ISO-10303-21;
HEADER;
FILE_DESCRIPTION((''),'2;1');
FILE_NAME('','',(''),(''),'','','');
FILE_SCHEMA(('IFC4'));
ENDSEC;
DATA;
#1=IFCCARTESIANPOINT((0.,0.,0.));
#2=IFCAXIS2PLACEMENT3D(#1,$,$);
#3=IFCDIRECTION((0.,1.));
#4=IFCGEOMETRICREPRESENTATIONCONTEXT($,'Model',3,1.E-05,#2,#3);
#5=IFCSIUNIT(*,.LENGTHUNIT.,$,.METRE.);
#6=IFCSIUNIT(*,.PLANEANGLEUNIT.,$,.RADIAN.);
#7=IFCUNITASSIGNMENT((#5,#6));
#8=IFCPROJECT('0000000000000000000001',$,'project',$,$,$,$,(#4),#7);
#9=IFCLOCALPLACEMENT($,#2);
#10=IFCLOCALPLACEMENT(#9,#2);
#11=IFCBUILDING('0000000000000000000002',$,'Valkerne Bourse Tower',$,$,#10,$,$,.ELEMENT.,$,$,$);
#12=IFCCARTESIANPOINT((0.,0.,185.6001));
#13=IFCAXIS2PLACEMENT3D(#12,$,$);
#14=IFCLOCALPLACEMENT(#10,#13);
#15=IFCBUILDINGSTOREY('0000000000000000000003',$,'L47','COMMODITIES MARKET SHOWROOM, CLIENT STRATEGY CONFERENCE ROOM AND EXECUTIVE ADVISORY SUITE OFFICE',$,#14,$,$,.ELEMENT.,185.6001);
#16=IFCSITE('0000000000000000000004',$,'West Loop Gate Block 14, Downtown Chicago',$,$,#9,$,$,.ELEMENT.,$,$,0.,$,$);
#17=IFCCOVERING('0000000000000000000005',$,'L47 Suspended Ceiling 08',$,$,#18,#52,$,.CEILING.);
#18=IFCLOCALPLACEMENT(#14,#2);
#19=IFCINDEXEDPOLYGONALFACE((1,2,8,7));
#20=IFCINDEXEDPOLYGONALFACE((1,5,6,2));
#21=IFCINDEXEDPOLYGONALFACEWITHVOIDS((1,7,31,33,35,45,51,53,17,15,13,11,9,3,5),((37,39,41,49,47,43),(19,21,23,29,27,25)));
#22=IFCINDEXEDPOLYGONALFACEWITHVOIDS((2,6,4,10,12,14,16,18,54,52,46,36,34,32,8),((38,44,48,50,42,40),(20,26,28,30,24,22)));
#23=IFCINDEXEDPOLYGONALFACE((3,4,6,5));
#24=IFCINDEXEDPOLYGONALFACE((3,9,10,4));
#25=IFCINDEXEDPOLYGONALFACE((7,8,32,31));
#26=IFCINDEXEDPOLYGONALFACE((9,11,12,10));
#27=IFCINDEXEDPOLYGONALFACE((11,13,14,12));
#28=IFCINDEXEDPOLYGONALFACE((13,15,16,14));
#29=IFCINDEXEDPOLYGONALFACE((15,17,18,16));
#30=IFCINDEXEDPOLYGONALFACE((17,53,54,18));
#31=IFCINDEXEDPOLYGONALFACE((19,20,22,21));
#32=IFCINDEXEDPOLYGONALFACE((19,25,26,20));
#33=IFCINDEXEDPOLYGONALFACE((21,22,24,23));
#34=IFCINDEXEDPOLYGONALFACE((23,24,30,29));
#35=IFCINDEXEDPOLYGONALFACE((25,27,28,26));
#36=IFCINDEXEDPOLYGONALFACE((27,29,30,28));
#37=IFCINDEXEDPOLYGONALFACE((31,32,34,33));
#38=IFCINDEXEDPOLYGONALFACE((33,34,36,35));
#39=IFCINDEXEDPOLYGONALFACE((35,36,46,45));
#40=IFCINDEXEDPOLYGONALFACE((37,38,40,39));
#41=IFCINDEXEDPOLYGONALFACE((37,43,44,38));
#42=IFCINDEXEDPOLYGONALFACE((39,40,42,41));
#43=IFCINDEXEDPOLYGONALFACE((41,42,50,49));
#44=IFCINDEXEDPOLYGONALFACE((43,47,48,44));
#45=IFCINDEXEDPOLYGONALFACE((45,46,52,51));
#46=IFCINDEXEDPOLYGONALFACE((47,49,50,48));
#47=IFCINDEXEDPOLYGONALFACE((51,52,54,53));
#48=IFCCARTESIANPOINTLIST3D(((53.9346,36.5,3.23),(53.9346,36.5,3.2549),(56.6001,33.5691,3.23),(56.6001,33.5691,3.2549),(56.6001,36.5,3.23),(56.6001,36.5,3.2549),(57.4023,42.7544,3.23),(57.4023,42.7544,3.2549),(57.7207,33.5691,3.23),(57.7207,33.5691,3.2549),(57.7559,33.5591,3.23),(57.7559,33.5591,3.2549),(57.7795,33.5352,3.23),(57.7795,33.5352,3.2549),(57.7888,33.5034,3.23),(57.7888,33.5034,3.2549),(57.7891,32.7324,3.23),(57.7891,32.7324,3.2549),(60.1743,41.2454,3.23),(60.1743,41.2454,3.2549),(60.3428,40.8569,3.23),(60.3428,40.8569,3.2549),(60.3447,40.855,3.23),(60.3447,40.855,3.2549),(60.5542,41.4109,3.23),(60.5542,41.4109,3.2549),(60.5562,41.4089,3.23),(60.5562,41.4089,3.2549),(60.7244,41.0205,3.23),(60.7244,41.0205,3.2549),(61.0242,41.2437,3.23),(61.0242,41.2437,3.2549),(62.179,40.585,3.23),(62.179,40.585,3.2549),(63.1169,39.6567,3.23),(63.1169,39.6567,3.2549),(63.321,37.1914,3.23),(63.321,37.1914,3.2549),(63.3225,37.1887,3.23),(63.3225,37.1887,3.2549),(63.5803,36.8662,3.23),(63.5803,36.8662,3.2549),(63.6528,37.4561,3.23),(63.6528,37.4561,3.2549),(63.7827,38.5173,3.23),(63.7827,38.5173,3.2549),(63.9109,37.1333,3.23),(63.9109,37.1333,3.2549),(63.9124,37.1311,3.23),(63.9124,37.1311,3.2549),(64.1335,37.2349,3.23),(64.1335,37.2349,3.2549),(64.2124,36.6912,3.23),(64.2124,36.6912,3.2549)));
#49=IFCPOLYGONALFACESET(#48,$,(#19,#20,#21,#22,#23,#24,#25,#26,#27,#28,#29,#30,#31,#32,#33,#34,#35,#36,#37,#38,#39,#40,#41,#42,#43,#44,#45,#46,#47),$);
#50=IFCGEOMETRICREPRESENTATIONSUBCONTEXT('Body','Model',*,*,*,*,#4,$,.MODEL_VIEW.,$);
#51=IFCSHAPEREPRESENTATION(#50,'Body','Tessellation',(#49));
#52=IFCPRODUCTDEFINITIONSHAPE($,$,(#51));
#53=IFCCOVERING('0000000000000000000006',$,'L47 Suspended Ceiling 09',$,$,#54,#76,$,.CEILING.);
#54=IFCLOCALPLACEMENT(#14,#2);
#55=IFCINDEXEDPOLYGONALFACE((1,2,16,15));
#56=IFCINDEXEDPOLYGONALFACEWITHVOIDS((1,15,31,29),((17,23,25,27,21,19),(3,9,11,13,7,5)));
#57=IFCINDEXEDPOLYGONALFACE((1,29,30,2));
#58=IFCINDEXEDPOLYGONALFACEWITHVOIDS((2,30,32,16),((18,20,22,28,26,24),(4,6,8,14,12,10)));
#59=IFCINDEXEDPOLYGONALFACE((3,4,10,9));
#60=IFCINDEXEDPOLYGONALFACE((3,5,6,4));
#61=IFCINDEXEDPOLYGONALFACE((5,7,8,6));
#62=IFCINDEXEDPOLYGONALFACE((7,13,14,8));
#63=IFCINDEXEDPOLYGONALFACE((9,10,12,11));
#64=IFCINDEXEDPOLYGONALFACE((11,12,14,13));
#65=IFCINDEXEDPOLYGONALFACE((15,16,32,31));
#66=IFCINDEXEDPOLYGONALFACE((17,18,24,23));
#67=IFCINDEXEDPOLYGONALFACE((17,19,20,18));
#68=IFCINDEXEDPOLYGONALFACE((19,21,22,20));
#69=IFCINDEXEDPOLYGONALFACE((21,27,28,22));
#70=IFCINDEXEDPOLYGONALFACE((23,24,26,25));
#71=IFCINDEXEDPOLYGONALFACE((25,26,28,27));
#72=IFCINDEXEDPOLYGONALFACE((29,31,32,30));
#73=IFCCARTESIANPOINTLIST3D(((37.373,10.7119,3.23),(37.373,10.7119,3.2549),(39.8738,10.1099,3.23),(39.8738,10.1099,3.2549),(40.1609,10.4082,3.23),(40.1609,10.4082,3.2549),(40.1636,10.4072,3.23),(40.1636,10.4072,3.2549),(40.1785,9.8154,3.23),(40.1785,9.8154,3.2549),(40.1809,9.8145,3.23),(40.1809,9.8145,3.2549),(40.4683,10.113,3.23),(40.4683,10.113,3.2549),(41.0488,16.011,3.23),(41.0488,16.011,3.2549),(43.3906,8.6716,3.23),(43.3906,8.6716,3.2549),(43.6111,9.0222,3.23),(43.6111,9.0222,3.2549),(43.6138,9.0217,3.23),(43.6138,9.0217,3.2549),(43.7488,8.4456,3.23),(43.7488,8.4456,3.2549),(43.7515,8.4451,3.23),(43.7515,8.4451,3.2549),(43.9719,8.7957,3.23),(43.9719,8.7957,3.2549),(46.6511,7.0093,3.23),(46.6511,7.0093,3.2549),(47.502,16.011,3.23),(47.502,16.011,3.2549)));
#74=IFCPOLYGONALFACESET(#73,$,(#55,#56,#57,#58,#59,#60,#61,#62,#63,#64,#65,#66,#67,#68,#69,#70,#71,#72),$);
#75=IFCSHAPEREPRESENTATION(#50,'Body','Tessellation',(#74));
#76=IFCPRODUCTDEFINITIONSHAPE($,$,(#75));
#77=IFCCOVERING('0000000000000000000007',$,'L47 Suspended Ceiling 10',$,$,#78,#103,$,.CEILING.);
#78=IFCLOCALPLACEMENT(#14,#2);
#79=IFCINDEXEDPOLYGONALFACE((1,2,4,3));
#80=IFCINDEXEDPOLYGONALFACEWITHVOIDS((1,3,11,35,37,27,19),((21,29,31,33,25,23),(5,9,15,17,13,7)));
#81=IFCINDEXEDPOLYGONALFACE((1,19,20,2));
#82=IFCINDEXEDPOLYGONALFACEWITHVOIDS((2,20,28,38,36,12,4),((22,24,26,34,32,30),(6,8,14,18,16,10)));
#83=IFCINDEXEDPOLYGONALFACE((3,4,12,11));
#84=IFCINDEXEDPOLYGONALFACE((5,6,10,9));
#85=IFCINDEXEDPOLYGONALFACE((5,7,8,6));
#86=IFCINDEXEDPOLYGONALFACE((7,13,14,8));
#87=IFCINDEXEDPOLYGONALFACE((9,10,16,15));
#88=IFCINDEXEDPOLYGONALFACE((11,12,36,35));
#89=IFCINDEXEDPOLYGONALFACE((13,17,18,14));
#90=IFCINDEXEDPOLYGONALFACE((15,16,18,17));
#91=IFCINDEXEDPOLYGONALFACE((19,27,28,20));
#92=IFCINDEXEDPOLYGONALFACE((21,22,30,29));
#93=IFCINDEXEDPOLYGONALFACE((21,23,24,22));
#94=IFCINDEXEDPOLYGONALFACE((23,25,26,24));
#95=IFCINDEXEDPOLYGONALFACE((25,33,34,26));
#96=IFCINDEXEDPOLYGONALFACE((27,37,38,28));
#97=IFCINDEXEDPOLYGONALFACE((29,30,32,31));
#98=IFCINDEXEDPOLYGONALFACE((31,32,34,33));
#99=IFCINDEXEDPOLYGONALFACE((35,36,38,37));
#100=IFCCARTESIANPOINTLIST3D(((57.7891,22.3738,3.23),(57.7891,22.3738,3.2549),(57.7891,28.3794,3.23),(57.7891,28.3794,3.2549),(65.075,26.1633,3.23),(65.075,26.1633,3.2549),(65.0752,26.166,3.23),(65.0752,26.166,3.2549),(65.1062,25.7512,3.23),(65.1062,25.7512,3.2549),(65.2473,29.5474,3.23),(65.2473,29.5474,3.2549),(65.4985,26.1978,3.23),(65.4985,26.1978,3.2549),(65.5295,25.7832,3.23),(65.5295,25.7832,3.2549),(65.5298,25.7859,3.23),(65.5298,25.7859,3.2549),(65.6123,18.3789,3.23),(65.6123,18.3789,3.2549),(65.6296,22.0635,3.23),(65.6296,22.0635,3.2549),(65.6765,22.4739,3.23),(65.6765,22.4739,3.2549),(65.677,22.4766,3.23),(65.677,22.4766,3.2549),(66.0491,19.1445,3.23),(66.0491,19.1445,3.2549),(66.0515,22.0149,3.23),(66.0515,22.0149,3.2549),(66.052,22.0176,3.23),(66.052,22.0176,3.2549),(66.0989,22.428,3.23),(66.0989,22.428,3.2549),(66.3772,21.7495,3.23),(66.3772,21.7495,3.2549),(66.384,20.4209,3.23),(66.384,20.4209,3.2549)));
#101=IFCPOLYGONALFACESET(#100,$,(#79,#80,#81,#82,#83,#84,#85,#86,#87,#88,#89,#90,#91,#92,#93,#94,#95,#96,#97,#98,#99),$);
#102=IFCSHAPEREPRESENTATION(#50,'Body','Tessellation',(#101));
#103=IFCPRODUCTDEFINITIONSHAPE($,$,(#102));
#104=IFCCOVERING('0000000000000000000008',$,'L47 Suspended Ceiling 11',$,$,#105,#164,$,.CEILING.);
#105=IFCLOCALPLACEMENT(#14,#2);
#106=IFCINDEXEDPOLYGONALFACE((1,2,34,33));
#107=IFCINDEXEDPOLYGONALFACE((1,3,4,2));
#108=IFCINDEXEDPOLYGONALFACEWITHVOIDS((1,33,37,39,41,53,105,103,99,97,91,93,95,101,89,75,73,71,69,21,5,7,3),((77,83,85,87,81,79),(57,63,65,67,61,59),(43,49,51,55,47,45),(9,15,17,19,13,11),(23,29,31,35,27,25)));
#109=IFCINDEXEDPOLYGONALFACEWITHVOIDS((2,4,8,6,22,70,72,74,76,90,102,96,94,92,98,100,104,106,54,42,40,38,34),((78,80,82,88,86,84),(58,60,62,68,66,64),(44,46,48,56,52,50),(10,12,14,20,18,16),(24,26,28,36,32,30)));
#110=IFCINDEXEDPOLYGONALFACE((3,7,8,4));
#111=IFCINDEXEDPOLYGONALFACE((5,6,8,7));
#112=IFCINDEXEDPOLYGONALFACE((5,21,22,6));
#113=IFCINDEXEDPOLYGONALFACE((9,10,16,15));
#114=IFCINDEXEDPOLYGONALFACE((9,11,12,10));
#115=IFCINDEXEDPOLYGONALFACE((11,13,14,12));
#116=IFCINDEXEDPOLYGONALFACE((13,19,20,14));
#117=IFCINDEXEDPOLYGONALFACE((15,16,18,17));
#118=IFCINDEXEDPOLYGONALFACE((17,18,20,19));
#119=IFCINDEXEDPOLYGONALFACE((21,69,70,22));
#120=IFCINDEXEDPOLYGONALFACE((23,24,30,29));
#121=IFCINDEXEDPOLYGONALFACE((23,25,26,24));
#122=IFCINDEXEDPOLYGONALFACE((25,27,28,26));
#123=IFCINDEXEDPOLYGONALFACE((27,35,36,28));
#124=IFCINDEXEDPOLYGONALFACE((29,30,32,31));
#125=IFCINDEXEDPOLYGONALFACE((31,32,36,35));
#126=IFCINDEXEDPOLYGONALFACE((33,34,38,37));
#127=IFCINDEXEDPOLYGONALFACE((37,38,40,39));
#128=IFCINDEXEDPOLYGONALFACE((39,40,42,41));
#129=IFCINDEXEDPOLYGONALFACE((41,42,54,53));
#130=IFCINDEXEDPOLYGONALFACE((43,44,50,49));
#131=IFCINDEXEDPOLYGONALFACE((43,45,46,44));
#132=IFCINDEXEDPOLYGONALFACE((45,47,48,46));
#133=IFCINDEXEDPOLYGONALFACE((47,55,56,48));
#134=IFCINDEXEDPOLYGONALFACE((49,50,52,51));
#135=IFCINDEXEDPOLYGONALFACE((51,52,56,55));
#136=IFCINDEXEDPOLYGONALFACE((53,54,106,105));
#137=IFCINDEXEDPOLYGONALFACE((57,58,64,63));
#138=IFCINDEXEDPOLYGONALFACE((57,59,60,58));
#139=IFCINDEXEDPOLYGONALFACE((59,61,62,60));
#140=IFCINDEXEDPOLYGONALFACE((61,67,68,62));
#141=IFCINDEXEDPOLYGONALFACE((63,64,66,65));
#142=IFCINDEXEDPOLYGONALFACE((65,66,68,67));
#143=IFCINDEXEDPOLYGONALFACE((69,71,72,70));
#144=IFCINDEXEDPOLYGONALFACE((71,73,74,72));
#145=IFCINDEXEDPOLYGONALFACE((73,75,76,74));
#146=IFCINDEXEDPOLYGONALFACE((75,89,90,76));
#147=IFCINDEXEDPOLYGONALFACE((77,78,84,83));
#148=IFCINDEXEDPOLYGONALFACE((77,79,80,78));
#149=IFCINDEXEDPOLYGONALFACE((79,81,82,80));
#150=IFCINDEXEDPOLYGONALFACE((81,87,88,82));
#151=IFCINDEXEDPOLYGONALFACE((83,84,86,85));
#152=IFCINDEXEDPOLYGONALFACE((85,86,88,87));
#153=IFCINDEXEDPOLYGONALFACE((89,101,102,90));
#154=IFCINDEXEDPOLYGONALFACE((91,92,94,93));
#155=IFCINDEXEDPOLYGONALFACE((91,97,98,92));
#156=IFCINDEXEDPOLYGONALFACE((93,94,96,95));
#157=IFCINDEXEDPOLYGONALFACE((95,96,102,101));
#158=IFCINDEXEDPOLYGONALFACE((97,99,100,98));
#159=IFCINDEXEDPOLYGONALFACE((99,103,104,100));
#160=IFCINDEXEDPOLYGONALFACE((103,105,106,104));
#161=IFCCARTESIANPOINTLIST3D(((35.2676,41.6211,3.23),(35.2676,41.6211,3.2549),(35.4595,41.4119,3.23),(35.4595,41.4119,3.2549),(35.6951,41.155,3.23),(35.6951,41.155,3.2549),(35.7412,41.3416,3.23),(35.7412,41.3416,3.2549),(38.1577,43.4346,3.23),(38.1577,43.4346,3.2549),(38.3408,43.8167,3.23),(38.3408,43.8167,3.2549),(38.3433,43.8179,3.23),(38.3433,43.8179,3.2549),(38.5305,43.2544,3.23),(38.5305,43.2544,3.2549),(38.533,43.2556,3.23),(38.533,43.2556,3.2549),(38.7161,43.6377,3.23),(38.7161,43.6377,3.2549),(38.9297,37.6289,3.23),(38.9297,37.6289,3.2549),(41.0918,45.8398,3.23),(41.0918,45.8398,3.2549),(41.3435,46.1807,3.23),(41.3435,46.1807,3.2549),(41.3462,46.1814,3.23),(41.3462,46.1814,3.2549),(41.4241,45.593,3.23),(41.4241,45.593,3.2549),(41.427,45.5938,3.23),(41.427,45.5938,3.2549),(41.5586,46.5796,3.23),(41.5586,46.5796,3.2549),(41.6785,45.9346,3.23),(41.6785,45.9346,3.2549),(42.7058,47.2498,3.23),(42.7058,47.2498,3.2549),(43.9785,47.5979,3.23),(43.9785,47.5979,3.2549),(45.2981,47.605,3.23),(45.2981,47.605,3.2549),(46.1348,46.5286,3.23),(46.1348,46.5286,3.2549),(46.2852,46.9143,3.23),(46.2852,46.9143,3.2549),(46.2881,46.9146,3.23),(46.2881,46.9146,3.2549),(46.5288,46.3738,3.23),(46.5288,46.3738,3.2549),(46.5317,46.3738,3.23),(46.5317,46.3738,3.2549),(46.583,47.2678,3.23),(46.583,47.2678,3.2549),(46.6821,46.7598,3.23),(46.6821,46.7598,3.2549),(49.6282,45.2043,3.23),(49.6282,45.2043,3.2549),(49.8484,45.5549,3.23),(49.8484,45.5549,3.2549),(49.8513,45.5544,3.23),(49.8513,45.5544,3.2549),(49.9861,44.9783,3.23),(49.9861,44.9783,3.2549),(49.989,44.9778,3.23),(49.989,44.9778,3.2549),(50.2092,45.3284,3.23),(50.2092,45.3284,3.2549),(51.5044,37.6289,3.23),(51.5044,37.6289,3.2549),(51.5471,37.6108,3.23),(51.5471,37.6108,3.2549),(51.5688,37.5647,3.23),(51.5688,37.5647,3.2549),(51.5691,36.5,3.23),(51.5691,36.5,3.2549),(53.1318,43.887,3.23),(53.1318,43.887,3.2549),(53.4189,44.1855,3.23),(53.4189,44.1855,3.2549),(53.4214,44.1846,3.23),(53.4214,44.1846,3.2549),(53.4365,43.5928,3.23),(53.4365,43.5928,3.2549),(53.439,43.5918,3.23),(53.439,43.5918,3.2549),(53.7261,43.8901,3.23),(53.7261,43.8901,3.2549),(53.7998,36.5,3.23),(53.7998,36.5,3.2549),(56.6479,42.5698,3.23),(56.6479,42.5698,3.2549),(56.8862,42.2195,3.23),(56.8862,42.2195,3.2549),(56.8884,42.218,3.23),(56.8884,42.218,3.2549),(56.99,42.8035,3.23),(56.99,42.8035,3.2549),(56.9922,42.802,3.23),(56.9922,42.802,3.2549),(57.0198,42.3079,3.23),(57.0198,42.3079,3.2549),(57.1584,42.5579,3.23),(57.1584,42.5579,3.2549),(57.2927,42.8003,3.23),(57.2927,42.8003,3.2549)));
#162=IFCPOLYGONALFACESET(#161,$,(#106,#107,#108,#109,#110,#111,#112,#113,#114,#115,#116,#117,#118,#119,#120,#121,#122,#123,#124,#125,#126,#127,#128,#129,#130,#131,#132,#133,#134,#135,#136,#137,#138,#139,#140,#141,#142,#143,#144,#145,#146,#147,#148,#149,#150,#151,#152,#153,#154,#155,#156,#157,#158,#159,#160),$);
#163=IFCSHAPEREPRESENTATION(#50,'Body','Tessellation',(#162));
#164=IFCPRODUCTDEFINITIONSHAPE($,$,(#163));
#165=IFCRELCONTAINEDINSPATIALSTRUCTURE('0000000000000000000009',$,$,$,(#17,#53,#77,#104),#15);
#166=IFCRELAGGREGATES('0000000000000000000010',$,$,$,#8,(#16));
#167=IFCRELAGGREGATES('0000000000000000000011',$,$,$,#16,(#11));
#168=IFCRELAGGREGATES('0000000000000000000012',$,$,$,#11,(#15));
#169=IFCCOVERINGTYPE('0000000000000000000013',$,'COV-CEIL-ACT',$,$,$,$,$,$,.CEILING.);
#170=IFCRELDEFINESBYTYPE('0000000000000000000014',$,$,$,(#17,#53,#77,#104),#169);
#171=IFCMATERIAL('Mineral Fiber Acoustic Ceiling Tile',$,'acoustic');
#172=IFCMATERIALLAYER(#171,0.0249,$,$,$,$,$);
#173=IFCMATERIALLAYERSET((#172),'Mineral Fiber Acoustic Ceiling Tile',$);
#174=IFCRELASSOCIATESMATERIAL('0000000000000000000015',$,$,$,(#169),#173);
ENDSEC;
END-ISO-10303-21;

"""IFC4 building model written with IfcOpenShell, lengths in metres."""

from ifc_helpers import new_model, si_unit, direction, frame, origin, place, context, subcontext, project, spatial, polyline, outline, extrude, material, layer, layer_set, type_object, element, save


model = new_model("IFC4")

# Units and contexts
model_context = context("Model", 3, precision=1e-05, world=origin(), true_north=direction((0.0, 1.0)))
body_context = subcontext(model_context, "Body", "Model", "MODEL_VIEW")
ifc_project = project(units=[si_unit("LENGTHUNIT", "METRE"), si_unit("PLANEANGLEUNIT", "RADIAN")], contexts=[model_context])

# Site, building, storey
site_placement = place(None, origin())
site = spatial("IfcSite", under=ifc_project, at=site_placement, Name="West Loop Gate Block 14, Downtown Chicago", CompositionType="ELEMENT", RefElevation=0.0)
building_placement = place(site_placement, origin())
building = spatial("IfcBuilding", under=site, at=building_placement, Name="Valkerne Bourse Tower", CompositionType="ELEMENT")
storey_placement = place(building_placement, frame((0.0, 0.0, 185.6001)))
storey = spatial("IfcBuildingStorey", under=building, at=storey_placement, Name="L47", Description="COMMODITIES MARKET SHOWROOM, CLIENT STRATEGY CONFERENCE ROOM AND EXECUTIVE ADVISORY SUITE OFFICE", CompositionType="ELEMENT", Elevation=185.6001)

# Coverings
ifc_material_1 = material(Name="Mineral Fiber Acoustic Ceiling Tile", Category="acoustic")
ifc_layer_1 = layer(ifc_material_1, 0.0249)
ifc_layer_set_1 = layer_set([ifc_layer_1], Name="Mineral Fiber Acoustic Ceiling Tile")
covering_type_1 = type_object("IfcCoveringType", Name="COV-CEIL-ACT", PredefinedType="CEILING", material=ifc_layer_set_1)
covering_1_placement = place(storey_placement, frame((0.0, 0.0, 3.23)))
element("IfcCovering", 1, at=covering_1_placement, inside=storey, type_object=covering_type_1, Name="L47 Suspended Ceiling 08", PredefinedType="CEILING", context=body_context, shape_type="SweptSolid", body=[
    extrude(outline(polyline([(63.1169, 39.6567), (63.7827, 38.5173), (64.1335, 37.2349), (64.2124, 36.6912), (57.7891, 32.7324), (57.7888, 33.5034), (57.7795, 33.5352), (57.7559, 33.5591), (57.7207, 33.5691), (56.6001, 33.5691), (56.6001, 36.5), (53.9346, 36.5), (57.4023, 42.7544), (61.0242, 41.2437), (62.179, 40.585), (63.1169, 39.6567)]), holes=[polyline([(63.9124, 37.1311), (63.9109, 37.1333), (63.6528, 37.4561), (63.321, 37.1914), (63.3225, 37.1887), (63.5803, 36.8662), (63.9124, 37.1311)]), polyline([(60.5562, 41.4089), (60.5542, 41.4109), (60.1743, 41.2454), (60.3428, 40.8569), (60.3447, 40.855), (60.7244, 41.0205), (60.5562, 41.4089)])]), origin(), (0.0, 0.0, 1.0), 0.0249),
])
covering_2_placement = place(storey_placement, frame((0.0, 0.0, 3.23)))
element("IfcCovering", 2, at=covering_2_placement, inside=storey, type_object=covering_type_1, Name="L47 Suspended Ceiling 09", PredefinedType="CEILING", context=body_context, shape_type="SweptSolid", body=[
    extrude(outline(polyline([(47.502, 16.011), (46.6511, 7.0093), (37.373, 10.7119), (41.0488, 16.011), (47.502, 16.011)]), holes=[polyline([(43.6138, 9.0217), (43.6111, 9.0222), (43.3906, 8.6716), (43.7488, 8.4456), (43.7515, 8.4451), (43.9719, 8.7957), (43.6138, 9.0217)]), polyline([(40.1636, 10.4072), (40.1609, 10.4082), (39.8738, 10.1099), (40.1785, 9.8154), (40.1809, 9.8145), (40.4683, 10.113), (40.1636, 10.4072)])]), origin(), (0.0, 0.0, 1.0), 0.0249),
])
covering_3_placement = place(storey_placement, frame((0.0, 0.0, 3.23)))
element("IfcCovering", 3, at=covering_3_placement, inside=storey, type_object=covering_type_1, Name="L47 Suspended Ceiling 10", PredefinedType="CEILING", context=body_context, shape_type="SweptSolid", body=[
    extrude(outline(polyline([(66.0491, 19.1445), (65.6123, 18.3789), (57.7891, 22.3738), (57.7891, 28.3794), (65.2473, 29.5474), (66.3772, 21.7495), (66.384, 20.4209), (66.0491, 19.1445)]), holes=[polyline([(66.0989, 22.428), (65.677, 22.4766), (65.6765, 22.4739), (65.6296, 22.0635), (66.0515, 22.0149), (66.052, 22.0176), (66.0989, 22.428)]), polyline([(65.5295, 25.7832), (65.5298, 25.7859), (65.4985, 26.1978), (65.0752, 26.166), (65.075, 26.1633), (65.1062, 25.7512), (65.5295, 25.7832)])]), origin(), (0.0, 0.0, 1.0), 0.0249),
])
covering_4_placement = place(storey_placement, frame((0.0, 0.0, 3.23)))
element("IfcCovering", 4, at=covering_4_placement, inside=storey, type_object=covering_type_1, Name="L47 Suspended Ceiling 11", PredefinedType="CEILING", context=body_context, shape_type="SweptSolid", body=[
    extrude(outline(polyline([(43.9785, 47.5979), (45.2981, 47.605), (46.583, 47.2678), (57.2927, 42.8003), (57.1584, 42.5579), (56.9922, 42.802), (56.99, 42.8035), (56.6479, 42.5698), (56.8862, 42.2195), (56.8884, 42.218), (57.0198, 42.3079), (53.7998, 36.5), (51.5691, 36.5), (51.5688, 37.5647), (51.5471, 37.6108), (51.5044, 37.6289), (38.9297, 37.6289), (35.6951, 41.155), (35.7412, 41.3416), (35.4595, 41.4119), (35.2676, 41.6211), (41.5586, 46.5796), (42.7058, 47.2498), (43.9785, 47.5979)]), holes=[polyline([(38.533, 43.2556), (38.7161, 43.6377), (38.3433, 43.8179), (38.3408, 43.8167), (38.1577, 43.4346), (38.5305, 43.2544), (38.533, 43.2556)]), polyline([(53.7261, 43.8901), (53.4214, 44.1846), (53.4189, 44.1855), (53.1318, 43.887), (53.4365, 43.5928), (53.439, 43.5918), (53.7261, 43.8901)]), polyline([(49.8513, 45.5544), (49.8484, 45.5549), (49.6282, 45.2043), (49.9861, 44.9783), (49.989, 44.9778), (50.2092, 45.3284), (49.8513, 45.5544)]), polyline([(41.6785, 45.9346), (41.3462, 46.1814), (41.3435, 46.1807), (41.0918, 45.8398), (41.4241, 45.593), (41.427, 45.5938), (41.6785, 45.9346)]), polyline([(46.6821, 46.7598), (46.2881, 46.9146), (46.2852, 46.9143), (46.1348, 46.5286), (46.5288, 46.3738), (46.5317, 46.3738), (46.6821, 46.7598)])]), origin(), (0.0, 0.0, 1.0), 0.0249),
])

save(model, "model.ifc")
